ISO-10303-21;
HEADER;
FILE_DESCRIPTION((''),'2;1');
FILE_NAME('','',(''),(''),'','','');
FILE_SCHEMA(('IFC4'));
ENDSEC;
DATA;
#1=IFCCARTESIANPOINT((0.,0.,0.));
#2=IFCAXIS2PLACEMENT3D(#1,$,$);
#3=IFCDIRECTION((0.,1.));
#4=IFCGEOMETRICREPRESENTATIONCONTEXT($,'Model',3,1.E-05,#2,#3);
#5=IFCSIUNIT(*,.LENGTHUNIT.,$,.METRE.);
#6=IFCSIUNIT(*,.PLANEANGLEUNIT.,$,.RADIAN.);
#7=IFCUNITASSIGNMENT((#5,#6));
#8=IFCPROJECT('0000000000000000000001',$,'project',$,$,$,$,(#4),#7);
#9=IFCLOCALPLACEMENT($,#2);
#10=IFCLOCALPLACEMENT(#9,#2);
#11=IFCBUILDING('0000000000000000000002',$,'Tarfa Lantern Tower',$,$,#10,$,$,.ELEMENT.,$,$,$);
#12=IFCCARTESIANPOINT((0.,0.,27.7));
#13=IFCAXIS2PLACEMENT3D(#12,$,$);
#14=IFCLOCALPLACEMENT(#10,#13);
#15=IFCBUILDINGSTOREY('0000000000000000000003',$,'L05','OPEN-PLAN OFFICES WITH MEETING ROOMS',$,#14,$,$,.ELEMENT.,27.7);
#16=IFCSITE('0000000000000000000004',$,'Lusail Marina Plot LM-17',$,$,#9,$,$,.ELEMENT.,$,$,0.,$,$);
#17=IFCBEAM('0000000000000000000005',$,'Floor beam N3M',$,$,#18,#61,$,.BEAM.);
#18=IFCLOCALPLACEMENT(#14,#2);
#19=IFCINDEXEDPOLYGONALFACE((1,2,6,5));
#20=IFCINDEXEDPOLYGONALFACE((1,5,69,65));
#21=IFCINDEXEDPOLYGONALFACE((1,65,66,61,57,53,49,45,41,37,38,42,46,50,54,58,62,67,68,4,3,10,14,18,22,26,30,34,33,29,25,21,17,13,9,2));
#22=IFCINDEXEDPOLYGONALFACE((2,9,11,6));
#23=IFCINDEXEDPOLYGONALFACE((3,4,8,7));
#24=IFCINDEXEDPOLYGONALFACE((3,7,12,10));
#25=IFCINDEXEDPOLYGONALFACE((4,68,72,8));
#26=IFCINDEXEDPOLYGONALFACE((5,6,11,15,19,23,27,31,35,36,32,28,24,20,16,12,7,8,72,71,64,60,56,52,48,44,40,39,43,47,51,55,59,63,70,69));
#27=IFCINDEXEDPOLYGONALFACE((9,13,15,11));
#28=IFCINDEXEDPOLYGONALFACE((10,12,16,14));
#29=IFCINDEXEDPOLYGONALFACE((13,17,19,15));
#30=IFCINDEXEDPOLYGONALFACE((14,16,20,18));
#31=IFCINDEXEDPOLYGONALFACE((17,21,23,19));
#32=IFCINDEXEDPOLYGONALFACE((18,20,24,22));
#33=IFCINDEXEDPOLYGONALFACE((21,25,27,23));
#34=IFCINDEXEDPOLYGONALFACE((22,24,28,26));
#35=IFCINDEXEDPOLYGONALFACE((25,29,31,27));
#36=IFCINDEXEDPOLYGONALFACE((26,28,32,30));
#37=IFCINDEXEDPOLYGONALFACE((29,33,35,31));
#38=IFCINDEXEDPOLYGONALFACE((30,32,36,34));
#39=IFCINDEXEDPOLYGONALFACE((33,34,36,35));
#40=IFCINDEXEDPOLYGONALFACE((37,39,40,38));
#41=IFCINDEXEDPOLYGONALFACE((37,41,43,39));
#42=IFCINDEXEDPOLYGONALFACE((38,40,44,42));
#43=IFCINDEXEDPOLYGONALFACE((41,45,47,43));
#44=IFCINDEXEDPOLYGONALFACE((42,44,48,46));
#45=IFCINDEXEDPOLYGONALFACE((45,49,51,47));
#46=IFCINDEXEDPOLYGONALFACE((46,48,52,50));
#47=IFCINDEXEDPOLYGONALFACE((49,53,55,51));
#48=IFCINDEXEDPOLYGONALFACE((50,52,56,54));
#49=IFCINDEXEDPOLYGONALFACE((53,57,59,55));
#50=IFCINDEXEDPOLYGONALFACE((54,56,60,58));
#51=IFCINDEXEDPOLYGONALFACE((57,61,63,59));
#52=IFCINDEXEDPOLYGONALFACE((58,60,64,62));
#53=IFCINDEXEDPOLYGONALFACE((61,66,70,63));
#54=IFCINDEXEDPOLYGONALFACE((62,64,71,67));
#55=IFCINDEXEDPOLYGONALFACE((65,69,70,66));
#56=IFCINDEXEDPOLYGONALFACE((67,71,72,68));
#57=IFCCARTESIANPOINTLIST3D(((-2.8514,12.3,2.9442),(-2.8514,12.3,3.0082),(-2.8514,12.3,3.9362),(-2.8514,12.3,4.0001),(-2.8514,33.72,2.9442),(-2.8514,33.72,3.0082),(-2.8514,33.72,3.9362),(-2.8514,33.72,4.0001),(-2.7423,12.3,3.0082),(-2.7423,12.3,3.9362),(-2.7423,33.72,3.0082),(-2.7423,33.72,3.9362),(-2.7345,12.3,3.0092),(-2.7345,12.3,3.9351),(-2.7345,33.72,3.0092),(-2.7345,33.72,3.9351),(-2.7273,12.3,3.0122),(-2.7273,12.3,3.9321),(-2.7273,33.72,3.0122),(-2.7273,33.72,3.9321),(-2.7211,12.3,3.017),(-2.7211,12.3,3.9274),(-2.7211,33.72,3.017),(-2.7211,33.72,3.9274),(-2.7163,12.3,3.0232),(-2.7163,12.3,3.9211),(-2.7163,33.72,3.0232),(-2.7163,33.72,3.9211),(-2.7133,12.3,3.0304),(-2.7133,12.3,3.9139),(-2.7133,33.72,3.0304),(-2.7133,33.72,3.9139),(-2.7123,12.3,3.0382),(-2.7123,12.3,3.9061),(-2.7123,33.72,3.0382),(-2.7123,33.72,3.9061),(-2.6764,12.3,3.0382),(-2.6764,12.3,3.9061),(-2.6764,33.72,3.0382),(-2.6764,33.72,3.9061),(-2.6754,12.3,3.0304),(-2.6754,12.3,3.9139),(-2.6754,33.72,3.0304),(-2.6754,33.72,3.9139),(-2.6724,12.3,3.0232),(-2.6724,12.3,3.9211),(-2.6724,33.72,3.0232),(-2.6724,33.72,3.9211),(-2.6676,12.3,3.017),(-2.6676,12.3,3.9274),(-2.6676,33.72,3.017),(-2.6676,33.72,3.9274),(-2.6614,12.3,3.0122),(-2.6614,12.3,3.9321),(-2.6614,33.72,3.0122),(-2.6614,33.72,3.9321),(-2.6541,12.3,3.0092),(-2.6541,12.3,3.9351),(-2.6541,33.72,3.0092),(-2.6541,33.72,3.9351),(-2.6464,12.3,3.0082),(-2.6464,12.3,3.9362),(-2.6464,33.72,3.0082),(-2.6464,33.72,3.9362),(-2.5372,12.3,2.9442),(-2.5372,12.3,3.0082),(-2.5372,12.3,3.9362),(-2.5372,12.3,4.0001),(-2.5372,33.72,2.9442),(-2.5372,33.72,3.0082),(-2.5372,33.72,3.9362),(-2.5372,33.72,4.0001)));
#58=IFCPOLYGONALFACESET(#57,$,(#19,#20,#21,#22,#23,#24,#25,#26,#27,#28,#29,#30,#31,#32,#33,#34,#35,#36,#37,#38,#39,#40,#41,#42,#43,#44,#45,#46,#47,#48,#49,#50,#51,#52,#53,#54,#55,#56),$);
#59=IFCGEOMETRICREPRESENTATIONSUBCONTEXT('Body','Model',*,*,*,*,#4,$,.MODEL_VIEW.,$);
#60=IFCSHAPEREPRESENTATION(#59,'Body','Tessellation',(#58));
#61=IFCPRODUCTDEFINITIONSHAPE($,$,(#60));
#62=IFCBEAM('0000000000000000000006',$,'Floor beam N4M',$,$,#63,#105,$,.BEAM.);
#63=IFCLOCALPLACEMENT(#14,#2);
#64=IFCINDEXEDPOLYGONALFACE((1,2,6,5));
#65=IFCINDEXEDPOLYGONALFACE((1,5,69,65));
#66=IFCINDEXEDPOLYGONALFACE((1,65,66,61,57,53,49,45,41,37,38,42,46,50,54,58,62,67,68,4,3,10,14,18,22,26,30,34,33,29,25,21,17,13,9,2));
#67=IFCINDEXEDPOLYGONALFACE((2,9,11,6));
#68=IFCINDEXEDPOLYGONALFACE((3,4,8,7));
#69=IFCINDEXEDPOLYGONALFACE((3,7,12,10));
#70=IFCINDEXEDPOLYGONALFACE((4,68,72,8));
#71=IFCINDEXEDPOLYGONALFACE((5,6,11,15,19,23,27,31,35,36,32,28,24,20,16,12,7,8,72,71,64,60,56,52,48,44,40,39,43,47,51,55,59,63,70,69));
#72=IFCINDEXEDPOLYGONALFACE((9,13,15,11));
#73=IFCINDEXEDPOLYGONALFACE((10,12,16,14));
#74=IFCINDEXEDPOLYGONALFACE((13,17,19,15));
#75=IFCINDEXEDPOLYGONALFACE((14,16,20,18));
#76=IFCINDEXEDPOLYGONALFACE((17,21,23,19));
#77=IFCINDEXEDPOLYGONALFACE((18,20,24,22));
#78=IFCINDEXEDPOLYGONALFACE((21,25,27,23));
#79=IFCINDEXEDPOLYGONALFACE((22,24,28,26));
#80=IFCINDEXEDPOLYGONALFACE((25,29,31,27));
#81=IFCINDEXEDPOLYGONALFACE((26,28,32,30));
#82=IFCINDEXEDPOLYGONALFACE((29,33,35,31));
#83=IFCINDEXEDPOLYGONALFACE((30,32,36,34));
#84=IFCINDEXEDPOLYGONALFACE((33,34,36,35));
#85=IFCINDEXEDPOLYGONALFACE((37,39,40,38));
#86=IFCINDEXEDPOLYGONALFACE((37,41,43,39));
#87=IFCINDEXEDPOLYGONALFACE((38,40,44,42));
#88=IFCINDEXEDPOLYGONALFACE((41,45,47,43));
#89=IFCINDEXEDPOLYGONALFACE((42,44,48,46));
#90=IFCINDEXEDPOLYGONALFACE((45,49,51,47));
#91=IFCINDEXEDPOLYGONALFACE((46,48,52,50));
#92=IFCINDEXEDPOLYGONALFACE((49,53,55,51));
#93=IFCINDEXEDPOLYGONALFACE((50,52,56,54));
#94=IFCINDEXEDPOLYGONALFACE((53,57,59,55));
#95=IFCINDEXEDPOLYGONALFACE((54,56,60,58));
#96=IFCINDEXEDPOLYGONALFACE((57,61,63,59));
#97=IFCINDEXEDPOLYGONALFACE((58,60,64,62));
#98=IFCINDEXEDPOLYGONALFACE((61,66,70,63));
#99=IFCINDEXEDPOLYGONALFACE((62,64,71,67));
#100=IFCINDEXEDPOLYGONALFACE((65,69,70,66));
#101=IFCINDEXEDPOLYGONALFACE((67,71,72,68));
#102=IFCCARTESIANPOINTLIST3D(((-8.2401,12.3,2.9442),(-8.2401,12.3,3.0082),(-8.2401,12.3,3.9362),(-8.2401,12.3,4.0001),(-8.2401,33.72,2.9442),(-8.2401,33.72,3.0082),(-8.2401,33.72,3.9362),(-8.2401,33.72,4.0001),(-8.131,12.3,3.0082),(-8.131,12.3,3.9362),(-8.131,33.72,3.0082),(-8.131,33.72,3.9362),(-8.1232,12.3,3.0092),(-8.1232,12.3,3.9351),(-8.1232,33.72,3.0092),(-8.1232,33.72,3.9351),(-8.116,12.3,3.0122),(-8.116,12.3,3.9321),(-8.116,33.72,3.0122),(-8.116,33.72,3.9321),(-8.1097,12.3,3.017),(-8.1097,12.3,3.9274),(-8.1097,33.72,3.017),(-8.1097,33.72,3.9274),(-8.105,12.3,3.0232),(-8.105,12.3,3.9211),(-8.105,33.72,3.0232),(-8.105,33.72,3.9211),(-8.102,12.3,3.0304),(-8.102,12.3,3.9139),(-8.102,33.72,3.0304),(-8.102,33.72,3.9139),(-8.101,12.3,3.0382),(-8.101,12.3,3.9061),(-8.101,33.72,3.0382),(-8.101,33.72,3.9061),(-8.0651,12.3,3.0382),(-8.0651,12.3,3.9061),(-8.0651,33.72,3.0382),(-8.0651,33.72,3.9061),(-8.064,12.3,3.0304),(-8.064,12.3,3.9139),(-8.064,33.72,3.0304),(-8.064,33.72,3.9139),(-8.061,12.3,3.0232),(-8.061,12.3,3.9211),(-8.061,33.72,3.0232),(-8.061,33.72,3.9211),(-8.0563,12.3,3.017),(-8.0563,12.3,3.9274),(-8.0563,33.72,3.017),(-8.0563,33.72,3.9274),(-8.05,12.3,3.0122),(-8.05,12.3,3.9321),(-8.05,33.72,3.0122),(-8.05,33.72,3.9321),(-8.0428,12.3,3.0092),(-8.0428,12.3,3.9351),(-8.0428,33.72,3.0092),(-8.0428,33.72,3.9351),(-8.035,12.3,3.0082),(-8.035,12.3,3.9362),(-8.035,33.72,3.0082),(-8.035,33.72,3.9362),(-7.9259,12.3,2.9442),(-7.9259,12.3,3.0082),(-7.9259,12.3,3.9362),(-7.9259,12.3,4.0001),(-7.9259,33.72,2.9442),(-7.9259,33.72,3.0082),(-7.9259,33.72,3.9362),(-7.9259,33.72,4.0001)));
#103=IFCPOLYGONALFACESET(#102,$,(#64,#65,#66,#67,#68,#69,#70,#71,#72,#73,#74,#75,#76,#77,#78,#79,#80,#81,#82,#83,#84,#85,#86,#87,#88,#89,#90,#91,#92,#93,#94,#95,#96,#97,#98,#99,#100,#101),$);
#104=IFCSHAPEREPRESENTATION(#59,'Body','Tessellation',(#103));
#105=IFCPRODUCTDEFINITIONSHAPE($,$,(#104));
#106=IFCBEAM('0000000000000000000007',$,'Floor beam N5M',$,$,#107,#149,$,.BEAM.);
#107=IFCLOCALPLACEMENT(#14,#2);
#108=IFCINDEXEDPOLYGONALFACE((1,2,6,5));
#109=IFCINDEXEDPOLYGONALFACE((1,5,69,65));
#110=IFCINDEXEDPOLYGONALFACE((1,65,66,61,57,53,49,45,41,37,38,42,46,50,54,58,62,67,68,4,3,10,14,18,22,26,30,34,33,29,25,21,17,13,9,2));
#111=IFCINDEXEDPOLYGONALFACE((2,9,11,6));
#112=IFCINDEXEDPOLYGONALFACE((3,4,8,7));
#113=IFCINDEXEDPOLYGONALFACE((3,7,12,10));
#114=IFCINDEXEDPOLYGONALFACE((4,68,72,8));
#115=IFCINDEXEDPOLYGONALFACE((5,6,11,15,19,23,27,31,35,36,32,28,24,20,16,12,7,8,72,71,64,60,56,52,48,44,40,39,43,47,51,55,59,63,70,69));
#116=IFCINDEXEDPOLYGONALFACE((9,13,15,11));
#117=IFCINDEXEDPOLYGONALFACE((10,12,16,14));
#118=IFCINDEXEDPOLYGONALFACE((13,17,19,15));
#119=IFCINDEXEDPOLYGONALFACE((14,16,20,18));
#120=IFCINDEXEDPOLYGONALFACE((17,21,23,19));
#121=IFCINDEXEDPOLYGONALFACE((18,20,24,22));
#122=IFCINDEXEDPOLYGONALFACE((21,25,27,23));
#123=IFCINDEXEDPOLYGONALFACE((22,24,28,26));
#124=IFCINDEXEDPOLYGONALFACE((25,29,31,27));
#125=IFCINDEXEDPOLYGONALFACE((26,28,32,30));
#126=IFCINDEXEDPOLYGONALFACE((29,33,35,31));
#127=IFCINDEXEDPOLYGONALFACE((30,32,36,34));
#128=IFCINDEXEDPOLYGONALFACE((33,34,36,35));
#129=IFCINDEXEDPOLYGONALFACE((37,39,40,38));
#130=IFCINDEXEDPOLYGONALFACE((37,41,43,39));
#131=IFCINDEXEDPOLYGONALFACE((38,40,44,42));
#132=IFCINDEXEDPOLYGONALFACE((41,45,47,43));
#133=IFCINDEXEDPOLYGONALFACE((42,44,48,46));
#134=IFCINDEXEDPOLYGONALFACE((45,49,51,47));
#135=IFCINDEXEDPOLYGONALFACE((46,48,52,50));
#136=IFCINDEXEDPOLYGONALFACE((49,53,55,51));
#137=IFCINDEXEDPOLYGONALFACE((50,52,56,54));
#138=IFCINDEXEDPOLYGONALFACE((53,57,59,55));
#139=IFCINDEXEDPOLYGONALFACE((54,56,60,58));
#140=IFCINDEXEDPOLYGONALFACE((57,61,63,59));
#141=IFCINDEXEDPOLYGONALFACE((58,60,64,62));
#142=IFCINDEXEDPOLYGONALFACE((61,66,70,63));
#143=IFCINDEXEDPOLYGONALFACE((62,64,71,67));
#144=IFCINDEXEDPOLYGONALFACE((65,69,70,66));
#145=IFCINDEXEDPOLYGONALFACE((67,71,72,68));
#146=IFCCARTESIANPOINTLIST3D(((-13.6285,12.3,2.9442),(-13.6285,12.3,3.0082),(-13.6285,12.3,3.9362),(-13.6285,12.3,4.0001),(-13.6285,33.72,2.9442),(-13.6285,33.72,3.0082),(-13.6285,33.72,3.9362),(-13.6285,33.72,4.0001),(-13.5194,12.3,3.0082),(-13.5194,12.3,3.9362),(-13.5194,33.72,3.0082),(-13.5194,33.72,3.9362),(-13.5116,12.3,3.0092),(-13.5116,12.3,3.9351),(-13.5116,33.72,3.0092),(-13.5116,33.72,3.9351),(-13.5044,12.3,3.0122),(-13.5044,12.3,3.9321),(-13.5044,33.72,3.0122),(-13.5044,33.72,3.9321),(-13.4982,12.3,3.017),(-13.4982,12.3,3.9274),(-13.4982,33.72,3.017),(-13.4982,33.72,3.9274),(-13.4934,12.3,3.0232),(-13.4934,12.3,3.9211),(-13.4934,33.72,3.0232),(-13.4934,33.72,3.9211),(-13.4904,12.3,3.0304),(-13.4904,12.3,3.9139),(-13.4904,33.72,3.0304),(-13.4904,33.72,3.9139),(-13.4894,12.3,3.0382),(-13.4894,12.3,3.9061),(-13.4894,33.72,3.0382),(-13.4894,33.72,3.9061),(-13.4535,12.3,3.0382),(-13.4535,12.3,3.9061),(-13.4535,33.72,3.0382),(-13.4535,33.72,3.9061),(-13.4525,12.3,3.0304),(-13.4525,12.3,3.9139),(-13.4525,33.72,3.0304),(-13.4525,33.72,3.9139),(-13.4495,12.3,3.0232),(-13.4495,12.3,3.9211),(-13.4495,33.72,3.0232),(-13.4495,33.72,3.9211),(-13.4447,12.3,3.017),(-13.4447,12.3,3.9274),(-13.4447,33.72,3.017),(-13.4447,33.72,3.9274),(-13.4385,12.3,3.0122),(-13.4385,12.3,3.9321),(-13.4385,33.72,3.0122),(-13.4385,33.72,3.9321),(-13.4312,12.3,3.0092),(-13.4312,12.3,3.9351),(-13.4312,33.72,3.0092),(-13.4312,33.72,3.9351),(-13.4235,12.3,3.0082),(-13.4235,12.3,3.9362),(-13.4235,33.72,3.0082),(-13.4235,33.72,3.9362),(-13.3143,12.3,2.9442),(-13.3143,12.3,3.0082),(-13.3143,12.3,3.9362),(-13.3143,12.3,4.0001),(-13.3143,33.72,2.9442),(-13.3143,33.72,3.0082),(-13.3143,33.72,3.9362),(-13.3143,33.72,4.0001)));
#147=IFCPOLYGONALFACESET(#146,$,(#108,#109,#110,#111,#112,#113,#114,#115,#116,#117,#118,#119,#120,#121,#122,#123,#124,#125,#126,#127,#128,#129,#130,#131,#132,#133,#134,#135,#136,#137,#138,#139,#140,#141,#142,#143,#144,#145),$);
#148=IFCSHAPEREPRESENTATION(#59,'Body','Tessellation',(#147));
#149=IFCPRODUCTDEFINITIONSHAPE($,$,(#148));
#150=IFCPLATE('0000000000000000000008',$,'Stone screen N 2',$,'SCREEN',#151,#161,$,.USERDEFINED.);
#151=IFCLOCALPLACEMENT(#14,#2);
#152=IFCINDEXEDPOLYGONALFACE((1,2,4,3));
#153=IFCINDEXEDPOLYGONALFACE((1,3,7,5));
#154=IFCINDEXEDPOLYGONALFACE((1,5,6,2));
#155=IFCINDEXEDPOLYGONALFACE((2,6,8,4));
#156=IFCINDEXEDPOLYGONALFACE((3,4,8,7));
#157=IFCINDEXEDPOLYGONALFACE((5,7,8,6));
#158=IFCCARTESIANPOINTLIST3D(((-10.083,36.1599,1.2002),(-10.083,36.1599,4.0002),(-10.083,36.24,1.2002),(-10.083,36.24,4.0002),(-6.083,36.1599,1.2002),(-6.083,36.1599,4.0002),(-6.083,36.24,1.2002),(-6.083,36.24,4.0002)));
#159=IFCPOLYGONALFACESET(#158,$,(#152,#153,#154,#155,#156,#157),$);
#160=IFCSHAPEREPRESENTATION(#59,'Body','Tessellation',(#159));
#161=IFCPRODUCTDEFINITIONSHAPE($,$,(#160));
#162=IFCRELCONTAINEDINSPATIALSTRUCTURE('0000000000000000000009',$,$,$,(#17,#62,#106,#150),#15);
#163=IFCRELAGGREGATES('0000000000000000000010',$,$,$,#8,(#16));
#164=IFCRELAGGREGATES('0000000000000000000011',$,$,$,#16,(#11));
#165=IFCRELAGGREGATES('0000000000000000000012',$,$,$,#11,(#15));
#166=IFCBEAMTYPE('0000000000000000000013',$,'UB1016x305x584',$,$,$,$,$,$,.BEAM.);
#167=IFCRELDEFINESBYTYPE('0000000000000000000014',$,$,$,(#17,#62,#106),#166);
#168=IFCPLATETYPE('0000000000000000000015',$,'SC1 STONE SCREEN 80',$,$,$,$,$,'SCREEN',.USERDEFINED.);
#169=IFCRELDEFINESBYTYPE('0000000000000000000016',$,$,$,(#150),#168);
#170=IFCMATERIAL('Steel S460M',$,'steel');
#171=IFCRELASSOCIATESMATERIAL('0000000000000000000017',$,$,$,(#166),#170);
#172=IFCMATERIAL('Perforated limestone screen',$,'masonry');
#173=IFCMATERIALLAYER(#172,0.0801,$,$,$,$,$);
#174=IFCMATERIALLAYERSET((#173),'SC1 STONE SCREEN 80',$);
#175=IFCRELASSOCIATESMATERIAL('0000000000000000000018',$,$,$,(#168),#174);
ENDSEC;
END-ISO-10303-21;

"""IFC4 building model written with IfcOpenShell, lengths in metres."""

from ifc_helpers import new_model, si_unit, direction, frame, origin, origin_2d, place, context, subcontext, project, spatial, rectangle, i_section, extrude, material, layer, layer_set, material_profile, profile_set, type_object, element, save


model = new_model("IFC4")

# Units and contexts
model_context = context("Model", 3, precision=1e-05, world=origin(), true_north=direction((0.0, 1.0)))
body_context = subcontext(model_context, "Body", "Model", "MODEL_VIEW")
ifc_project = project(units=[si_unit("LENGTHUNIT", "METRE"), si_unit("PLANEANGLEUNIT", "RADIAN")], contexts=[model_context])

# Site, building, storey
site_placement = place(None, origin())
site = spatial("IfcSite", under=ifc_project, at=site_placement, Name="Lusail Marina Plot LM-17", CompositionType="ELEMENT", RefElevation=0.0)
building_placement = place(site_placement, origin())
building = spatial("IfcBuilding", under=site, at=building_placement, Name="Tarfa Lantern Tower", CompositionType="ELEMENT")
storey_placement = place(building_placement, frame((0.0, 0.0, 27.7)))
storey = spatial("IfcBuildingStorey", under=building, at=storey_placement, Name="L05", Description="OPEN-PLAN OFFICES WITH MEETING ROOMS", CompositionType="ELEMENT", Elevation=27.7)

# Beams
ifc_material_1 = material(Name="Steel S460M", Category="steel")
ifc_material_profile_1 = material_profile(ifc_material_1, i_section(OverallWidth=0.3142, OverallDepth=1.0559, WebThickness=0.0359, FlangeThickness=0.064, FilletRadius=0.03, at=origin_2d()), Name="UB1016x305x584")
ifc_profile_set_1 = profile_set([ifc_material_profile_1], Name="Steel S460M")
beam_type_1 = type_object("IfcBeamType", Name="UB1016x305x584", PredefinedType="BEAM", material=ifc_profile_set_1)
for number, where, z_axis, x_axis, name in (
    (1, (-2.6943, 33.72, 3.4722), (0.0, -1.0, 0.0), (1.0, 0.0, 0.0), "Floor beam N3M"),
    (2, (-8.083, 33.72, 3.4722), (0.0, -1.0, 0.0), (1.0, 0.0, 0.0), "Floor beam N4M"),
    (3, (-13.4714, 33.72, 3.4722), (0.0, -1.0, 0.0), (1.0, 0.0, 0.0), "Floor beam N5M"),
):
    element("IfcBeam", number, at=place(storey_placement, frame(where, z_axis=z_axis, x_axis=x_axis)), inside=storey, type_object=beam_type_1, Name=name, PredefinedType="BEAM", context=body_context, shape_type="SweptSolid", body=[
        extrude(i_section(OverallWidth=0.3142, OverallDepth=1.0559, WebThickness=0.0359, FlangeThickness=0.064, FilletRadius=0.03, at=origin_2d()), origin(), (0.0, 0.0, 1.0), 21.4199),
    ])

# Plate
ifc_material_2 = material(Name="Perforated limestone screen", Category="masonry")
ifc_layer_1 = layer(ifc_material_2, 0.0801)
ifc_layer_set_1 = layer_set([ifc_layer_1], Name="SC1 STONE SCREEN 80")
plate_type = type_object("IfcPlateType", Name="SC1 STONE SCREEN 80", ElementType="SCREEN", PredefinedType="USERDEFINED", material=ifc_layer_set_1)
plate_placement = place(storey_placement, frame((-8.083, 36.2, 1.2002), z_axis=(0.0, 0.0, 1.0), x_axis=(-1.0, 0.0, 0.0)))
element("IfcPlate", 4, at=plate_placement, inside=storey, type_object=plate_type, Name="Stone screen N 2", ObjectType="SCREEN", PredefinedType="USERDEFINED", context=body_context, shape_type="SweptSolid", body=[
    extrude(rectangle(XDim=4.0, YDim=0.0801, at=origin_2d()), origin(), (0.0, 0.0, 1.0), 2.8),
])

save(model, "model.ifc")
